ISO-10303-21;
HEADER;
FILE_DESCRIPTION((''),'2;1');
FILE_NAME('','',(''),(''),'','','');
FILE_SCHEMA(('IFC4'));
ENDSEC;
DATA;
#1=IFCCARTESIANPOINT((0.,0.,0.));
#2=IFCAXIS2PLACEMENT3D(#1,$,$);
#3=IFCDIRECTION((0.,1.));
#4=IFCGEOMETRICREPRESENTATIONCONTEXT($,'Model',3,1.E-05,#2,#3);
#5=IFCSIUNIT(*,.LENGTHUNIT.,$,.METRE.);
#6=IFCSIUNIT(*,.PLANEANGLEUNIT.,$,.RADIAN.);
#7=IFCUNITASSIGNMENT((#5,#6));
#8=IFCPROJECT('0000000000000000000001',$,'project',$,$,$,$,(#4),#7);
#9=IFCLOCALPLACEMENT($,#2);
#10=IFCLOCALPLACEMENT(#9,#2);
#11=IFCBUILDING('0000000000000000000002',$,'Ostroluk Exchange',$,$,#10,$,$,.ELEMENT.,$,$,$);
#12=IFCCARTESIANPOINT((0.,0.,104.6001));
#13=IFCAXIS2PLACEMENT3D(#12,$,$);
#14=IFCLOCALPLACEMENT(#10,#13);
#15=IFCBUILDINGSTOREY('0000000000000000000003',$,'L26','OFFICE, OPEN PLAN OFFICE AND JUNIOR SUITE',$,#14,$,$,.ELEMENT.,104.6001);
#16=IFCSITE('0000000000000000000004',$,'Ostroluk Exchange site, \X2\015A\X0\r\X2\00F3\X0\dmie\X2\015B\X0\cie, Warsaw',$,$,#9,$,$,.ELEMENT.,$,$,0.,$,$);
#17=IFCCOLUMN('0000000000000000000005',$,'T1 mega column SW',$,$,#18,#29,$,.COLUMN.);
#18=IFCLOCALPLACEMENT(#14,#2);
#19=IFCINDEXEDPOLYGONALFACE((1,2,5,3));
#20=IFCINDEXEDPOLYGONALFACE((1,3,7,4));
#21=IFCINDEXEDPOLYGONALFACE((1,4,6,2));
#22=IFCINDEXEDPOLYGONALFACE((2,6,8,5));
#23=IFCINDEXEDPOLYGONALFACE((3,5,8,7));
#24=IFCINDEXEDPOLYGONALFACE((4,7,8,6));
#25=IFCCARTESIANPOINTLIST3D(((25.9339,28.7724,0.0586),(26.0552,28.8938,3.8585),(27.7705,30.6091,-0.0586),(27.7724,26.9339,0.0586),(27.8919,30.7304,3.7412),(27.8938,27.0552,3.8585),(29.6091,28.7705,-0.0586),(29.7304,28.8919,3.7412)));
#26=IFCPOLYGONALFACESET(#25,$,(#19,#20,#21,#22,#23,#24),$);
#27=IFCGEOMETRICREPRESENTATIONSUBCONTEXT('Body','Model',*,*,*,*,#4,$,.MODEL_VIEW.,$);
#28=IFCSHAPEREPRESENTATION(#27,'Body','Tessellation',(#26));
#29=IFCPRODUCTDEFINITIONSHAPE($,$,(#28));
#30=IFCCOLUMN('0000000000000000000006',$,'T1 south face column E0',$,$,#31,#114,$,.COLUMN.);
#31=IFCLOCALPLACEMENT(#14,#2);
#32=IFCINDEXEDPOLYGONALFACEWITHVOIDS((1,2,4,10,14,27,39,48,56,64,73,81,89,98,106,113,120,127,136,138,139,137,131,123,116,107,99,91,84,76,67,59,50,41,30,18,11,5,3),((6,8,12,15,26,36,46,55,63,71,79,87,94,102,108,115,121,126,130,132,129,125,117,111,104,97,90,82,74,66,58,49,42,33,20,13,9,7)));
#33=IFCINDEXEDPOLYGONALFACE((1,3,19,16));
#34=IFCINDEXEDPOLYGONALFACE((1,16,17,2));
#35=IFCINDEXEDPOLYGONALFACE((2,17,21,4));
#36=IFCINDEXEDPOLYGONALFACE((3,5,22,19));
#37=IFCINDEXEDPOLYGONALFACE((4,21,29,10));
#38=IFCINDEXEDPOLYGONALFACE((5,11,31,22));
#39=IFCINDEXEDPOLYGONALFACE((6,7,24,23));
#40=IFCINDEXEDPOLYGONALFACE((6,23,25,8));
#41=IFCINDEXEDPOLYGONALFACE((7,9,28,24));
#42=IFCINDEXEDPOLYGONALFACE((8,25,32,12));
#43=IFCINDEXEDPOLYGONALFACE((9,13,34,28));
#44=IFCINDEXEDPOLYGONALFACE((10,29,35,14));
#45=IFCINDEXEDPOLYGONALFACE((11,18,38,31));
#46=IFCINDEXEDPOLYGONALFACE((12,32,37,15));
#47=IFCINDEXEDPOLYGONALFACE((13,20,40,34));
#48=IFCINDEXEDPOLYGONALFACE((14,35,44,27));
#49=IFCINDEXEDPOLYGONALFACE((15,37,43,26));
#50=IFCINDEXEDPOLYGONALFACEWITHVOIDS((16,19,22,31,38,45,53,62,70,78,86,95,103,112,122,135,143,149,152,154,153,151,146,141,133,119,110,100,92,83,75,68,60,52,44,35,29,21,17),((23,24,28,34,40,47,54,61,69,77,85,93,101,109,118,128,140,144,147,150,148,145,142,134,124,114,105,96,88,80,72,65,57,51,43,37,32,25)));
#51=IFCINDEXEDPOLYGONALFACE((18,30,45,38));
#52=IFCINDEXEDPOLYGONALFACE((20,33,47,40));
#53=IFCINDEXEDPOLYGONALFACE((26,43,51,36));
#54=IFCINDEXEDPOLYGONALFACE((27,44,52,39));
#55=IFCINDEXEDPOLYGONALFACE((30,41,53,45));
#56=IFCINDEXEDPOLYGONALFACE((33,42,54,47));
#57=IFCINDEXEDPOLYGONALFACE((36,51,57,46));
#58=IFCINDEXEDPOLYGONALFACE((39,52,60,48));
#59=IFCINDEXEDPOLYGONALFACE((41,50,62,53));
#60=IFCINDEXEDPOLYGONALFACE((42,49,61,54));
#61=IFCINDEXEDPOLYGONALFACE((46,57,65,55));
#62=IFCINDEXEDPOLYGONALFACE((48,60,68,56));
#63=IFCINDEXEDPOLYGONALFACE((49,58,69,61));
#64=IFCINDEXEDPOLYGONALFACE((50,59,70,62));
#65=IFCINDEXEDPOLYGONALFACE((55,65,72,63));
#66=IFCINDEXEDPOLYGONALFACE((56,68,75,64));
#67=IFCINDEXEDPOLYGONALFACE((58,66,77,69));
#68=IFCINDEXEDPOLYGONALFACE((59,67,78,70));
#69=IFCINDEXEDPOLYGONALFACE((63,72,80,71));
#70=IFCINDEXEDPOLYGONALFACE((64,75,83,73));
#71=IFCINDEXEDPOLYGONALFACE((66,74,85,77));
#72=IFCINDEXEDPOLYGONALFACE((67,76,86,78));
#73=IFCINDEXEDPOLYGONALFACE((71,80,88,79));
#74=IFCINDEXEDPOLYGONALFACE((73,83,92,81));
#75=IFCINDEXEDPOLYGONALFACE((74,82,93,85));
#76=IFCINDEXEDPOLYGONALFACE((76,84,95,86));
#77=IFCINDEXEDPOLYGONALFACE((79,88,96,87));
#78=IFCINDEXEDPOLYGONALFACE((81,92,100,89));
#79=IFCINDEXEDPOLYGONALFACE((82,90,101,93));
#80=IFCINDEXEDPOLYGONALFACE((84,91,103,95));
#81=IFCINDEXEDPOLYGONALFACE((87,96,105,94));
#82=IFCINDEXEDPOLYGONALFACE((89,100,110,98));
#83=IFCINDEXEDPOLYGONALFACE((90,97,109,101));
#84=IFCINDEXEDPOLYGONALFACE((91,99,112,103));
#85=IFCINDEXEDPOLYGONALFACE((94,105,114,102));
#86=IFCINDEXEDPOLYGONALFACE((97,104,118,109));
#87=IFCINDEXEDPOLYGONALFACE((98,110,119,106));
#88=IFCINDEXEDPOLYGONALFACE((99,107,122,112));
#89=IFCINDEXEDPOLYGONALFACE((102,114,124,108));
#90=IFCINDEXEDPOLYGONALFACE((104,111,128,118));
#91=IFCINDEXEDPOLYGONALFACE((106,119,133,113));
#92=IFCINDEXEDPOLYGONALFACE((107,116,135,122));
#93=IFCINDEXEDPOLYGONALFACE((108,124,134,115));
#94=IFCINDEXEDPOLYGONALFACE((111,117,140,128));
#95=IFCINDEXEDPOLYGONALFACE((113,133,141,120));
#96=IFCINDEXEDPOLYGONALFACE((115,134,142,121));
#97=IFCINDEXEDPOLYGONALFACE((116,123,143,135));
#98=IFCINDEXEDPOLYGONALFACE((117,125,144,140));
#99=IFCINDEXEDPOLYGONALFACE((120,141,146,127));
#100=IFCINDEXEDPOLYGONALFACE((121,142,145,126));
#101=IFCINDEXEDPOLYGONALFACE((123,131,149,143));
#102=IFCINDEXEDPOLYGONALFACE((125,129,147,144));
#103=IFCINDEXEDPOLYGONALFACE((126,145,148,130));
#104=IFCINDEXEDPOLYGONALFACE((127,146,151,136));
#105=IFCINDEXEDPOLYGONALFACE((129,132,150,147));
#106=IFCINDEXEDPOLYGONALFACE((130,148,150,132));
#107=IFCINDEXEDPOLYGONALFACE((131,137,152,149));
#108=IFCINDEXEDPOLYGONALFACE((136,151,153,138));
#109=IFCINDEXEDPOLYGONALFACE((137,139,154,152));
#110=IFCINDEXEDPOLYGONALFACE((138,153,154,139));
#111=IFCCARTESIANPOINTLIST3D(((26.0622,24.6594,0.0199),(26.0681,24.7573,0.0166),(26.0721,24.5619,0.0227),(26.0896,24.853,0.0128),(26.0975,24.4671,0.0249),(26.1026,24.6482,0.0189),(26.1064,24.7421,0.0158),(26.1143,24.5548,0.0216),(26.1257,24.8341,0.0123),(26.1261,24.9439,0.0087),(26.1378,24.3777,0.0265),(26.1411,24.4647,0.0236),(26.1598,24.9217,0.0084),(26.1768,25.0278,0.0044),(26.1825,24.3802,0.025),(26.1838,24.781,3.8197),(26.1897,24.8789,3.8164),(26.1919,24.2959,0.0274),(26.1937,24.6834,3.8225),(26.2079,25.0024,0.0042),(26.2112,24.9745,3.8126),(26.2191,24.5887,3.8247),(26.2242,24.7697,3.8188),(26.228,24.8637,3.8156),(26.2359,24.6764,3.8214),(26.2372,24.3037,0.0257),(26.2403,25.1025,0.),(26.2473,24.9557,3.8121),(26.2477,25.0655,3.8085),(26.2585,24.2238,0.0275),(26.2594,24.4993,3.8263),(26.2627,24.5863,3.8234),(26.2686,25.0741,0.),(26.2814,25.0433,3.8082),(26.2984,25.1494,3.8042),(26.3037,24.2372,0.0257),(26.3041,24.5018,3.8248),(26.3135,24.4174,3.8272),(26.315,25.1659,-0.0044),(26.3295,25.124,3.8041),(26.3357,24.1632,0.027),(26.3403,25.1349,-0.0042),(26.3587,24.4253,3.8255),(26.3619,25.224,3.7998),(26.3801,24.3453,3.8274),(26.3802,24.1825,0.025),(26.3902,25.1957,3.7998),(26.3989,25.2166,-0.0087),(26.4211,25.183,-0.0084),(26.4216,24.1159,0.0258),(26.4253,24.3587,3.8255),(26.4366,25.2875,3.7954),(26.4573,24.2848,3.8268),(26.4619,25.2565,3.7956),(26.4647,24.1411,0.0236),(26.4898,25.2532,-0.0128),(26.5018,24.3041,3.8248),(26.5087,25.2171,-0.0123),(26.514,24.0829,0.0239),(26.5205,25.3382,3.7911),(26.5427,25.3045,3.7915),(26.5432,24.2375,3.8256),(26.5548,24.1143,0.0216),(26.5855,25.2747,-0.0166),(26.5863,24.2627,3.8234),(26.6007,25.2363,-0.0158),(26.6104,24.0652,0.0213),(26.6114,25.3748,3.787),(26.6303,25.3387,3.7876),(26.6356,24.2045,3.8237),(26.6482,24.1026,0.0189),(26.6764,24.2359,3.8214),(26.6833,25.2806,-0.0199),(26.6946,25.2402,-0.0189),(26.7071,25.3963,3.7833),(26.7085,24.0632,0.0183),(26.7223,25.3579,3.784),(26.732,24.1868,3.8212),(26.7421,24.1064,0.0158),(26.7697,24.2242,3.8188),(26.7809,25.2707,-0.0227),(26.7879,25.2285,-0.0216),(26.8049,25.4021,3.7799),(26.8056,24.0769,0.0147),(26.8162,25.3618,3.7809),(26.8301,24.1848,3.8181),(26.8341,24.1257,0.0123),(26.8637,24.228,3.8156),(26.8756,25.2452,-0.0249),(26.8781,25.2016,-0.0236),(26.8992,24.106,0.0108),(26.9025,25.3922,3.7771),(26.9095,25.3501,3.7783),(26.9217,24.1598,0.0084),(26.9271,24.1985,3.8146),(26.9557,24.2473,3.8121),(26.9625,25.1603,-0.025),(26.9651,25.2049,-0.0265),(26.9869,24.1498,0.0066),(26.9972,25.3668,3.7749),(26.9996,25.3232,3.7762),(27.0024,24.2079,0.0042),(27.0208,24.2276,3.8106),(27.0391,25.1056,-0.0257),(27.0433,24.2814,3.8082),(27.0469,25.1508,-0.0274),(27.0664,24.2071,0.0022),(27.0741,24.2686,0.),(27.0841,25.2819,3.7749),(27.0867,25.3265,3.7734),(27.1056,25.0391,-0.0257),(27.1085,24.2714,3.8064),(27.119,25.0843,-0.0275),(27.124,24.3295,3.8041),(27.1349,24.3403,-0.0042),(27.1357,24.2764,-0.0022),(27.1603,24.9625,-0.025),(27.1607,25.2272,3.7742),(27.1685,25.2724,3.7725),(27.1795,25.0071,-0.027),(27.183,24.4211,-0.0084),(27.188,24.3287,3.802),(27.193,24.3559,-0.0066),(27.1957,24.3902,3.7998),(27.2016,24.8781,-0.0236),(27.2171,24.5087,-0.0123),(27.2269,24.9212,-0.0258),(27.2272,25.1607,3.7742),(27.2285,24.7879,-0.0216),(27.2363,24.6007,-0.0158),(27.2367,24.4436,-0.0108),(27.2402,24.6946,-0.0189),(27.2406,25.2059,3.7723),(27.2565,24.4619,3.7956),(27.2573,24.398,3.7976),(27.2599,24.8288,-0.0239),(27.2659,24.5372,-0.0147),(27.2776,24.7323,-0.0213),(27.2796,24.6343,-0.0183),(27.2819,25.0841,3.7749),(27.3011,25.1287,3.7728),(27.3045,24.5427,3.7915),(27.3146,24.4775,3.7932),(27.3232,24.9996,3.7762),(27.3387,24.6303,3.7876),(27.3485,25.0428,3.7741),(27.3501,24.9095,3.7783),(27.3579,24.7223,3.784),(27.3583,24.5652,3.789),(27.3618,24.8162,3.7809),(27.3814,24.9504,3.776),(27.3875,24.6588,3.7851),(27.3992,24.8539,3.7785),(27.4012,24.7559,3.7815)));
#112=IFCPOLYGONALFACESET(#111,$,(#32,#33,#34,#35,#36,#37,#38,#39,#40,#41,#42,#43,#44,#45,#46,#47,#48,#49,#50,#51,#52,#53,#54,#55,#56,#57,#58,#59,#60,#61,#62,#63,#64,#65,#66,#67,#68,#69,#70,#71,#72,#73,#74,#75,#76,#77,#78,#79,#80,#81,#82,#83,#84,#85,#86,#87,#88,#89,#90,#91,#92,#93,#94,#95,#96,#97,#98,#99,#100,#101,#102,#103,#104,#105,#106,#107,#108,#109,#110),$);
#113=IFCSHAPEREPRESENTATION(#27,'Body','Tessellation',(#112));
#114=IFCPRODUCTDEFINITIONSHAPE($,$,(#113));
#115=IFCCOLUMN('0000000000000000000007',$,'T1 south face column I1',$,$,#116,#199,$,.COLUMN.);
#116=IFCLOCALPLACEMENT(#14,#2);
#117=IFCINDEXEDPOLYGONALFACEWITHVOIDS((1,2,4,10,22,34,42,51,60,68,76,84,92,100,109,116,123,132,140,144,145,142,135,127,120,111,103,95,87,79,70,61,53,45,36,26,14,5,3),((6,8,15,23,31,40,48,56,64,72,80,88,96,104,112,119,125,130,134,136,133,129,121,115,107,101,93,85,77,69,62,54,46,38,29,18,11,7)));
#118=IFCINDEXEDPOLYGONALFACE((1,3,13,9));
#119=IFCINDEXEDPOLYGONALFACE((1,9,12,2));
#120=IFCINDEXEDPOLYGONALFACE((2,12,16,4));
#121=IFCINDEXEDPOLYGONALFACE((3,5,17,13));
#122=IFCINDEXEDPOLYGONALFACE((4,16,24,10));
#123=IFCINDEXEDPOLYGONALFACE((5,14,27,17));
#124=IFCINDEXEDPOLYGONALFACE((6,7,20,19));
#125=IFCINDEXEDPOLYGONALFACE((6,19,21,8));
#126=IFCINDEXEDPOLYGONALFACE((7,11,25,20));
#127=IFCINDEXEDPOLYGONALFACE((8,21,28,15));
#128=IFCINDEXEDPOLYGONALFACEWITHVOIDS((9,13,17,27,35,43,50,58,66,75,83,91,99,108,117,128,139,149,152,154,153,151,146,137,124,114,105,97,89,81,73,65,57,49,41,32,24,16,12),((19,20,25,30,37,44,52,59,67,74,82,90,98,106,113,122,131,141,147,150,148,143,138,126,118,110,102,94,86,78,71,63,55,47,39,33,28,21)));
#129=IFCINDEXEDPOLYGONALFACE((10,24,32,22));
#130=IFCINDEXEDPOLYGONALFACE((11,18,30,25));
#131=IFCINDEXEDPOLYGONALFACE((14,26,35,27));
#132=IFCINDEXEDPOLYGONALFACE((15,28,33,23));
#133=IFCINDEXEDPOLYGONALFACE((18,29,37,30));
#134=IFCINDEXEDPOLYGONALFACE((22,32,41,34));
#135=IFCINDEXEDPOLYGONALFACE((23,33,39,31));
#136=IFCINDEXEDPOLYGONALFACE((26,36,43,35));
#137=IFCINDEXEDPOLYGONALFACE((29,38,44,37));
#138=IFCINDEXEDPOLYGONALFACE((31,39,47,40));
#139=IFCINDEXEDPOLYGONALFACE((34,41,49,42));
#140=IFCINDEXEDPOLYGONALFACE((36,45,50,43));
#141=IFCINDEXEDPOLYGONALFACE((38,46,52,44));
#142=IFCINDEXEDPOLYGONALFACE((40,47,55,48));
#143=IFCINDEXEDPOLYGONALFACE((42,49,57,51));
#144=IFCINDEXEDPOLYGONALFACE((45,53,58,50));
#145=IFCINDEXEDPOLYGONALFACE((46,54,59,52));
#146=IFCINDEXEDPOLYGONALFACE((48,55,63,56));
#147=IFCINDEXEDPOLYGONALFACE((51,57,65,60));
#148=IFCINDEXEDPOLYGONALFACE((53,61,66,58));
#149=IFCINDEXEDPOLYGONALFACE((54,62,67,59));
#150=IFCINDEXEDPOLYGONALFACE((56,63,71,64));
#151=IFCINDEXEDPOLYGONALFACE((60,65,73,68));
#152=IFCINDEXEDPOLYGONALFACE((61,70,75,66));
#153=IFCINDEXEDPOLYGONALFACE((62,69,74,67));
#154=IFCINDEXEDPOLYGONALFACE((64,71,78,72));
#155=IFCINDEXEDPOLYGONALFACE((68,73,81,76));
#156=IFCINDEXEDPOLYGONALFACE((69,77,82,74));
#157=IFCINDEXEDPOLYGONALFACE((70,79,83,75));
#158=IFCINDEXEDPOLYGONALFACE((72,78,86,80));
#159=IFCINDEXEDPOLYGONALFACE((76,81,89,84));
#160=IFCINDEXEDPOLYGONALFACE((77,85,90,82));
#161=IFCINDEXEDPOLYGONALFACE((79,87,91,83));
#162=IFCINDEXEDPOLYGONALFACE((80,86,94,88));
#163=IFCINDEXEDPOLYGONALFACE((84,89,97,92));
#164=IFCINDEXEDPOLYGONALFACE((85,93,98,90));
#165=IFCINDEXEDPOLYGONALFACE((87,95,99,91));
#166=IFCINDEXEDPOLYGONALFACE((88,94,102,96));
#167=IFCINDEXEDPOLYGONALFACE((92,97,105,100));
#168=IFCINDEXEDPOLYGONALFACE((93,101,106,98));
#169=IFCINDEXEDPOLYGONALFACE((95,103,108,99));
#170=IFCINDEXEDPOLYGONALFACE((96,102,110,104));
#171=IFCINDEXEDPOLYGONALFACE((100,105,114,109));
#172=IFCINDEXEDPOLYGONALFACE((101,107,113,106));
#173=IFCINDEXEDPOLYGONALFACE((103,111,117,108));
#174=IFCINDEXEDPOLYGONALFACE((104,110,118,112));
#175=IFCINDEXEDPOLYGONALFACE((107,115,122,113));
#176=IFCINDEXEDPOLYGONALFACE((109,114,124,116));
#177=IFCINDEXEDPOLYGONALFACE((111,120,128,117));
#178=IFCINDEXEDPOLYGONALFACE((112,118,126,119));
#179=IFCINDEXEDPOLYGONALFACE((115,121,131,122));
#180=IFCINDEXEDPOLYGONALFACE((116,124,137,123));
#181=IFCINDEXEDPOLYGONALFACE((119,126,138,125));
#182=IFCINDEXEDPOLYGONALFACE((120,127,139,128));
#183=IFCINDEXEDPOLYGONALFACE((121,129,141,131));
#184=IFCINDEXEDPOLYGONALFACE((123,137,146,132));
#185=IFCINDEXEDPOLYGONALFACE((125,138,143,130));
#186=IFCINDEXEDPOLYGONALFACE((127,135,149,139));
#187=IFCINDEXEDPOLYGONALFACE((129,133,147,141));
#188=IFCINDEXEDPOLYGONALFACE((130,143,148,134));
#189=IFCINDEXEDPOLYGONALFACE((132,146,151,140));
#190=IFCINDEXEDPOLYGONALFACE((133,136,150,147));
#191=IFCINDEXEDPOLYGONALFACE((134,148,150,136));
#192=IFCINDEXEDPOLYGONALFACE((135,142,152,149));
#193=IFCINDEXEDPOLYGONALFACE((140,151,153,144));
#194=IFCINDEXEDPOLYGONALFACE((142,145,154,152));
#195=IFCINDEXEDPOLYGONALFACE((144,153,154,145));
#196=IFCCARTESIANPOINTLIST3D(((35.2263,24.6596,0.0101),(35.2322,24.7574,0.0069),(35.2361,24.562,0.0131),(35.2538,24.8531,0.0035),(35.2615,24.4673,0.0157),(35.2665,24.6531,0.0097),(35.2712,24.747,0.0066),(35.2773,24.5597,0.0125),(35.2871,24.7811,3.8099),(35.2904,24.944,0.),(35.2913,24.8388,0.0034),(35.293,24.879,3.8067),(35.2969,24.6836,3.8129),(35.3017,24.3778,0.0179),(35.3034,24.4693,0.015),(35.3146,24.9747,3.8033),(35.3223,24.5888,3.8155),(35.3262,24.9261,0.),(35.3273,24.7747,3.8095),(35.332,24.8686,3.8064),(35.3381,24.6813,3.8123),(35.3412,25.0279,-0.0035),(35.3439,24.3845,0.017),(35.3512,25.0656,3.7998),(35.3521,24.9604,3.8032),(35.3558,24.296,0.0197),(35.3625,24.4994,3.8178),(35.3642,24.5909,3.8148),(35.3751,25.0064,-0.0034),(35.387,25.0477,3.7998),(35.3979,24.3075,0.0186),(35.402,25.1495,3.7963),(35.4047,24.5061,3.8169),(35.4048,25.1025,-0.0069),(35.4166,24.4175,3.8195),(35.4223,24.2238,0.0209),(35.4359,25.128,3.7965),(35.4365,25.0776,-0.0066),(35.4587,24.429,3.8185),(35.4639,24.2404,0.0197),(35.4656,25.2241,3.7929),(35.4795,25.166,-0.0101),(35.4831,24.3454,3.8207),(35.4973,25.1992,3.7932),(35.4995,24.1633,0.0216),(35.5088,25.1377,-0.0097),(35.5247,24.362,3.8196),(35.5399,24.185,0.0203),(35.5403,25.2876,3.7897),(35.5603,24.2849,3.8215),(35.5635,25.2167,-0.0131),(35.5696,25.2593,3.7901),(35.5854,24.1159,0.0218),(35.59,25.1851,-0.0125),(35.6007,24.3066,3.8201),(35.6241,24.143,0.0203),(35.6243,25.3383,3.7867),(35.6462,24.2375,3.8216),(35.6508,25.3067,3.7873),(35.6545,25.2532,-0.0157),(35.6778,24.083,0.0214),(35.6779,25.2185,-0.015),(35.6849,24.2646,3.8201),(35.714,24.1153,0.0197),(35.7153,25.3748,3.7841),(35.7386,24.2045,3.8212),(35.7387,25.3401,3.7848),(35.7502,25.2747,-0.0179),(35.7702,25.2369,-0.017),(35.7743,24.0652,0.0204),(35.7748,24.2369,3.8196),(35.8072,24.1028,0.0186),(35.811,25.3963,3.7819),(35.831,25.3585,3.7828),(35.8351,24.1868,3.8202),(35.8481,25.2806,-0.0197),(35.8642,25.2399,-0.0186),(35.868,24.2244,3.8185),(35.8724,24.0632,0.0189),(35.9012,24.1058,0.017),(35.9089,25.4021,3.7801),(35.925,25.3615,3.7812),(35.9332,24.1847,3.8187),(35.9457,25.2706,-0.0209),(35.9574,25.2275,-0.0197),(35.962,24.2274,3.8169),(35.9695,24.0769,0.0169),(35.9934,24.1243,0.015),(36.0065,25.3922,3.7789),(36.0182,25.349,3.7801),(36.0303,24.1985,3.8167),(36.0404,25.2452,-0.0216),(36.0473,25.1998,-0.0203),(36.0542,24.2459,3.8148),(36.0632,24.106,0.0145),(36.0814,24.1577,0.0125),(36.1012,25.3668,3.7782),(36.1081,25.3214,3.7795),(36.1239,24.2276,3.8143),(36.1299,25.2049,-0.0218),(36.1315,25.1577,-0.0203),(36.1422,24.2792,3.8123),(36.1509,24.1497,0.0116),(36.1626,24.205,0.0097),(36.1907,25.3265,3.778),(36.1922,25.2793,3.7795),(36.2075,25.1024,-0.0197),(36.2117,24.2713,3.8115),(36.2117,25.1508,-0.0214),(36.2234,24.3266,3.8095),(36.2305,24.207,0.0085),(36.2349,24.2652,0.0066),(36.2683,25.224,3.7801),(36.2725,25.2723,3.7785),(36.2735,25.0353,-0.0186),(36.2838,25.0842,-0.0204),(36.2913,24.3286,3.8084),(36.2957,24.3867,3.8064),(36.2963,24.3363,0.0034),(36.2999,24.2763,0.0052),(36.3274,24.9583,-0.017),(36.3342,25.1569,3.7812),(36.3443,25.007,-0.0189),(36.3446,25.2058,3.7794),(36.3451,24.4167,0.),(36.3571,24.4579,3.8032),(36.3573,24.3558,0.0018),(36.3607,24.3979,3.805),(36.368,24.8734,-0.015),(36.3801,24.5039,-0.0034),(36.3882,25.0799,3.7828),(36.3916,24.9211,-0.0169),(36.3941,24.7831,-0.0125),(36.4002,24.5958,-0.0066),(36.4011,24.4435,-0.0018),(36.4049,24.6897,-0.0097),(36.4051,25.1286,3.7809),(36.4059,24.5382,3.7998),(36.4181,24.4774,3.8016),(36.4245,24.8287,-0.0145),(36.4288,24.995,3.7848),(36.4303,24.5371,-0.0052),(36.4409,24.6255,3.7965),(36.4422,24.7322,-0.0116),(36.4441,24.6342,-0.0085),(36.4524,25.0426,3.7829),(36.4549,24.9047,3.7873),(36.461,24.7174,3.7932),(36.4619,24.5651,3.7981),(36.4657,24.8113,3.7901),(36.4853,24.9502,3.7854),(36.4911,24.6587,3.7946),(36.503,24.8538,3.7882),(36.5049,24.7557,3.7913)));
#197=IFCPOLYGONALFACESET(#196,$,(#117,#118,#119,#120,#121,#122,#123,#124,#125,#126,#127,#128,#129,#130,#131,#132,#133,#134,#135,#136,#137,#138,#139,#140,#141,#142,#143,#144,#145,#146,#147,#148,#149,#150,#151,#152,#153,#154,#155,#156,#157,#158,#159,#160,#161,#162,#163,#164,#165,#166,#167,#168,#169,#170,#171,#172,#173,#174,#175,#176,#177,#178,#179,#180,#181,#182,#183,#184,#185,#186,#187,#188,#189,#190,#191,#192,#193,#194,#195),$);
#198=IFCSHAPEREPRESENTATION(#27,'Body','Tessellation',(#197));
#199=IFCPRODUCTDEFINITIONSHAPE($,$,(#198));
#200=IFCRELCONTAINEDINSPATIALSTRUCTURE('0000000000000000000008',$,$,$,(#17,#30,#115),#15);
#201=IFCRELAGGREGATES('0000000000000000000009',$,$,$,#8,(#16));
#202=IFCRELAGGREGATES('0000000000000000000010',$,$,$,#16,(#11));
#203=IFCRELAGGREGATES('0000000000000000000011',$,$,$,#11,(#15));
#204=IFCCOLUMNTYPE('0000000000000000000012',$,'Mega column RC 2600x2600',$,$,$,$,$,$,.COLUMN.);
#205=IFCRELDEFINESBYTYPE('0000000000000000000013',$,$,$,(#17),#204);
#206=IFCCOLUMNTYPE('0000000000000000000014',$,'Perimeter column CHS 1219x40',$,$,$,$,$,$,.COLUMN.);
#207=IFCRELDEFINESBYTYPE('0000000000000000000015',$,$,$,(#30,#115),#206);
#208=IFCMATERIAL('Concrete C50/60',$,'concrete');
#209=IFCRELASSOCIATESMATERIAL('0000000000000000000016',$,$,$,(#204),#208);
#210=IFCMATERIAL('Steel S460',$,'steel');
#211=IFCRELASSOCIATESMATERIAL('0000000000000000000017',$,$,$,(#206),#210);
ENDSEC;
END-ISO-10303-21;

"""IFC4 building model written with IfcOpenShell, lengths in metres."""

from ifc_helpers import new_model, si_unit, direction, frame, origin, origin_2d, place, context, subcontext, project, spatial, rectangle, hollow_circle, extrude, material, material_profile, profile_set, type_object, element, save


model = new_model("IFC4")

# Units and contexts
model_context = context("Model", 3, precision=1e-05, world=origin(), true_north=direction((0.0, 1.0)))
body_context = subcontext(model_context, "Body", "Model", "MODEL_VIEW")
ifc_project = project(units=[si_unit("LENGTHUNIT", "METRE"), si_unit("PLANEANGLEUNIT", "RADIAN")], contexts=[model_context])

# Site, building, storey
site_placement = place(None, origin())
site = spatial("IfcSite", under=ifc_project, at=site_placement, Name="Ostroluk Exchange site, Śródmieście, Warsaw", CompositionType="ELEMENT", RefElevation=0.0)
building_placement = place(site_placement, origin())
building = spatial("IfcBuilding", under=site, at=building_placement, Name="Ostroluk Exchange", CompositionType="ELEMENT")
storey_placement = place(building_placement, frame((0.0, 0.0, 104.6001)))
storey = spatial("IfcBuildingStorey", under=building, at=storey_placement, Name="L26", Description="OFFICE, OPEN PLAN OFFICE AND JUNIOR SUITE", CompositionType="ELEMENT", Elevation=104.6001)

# Columns
ifc_material_1 = material(Name="Concrete C50/60", Category="concrete")
ifc_material_profile_1 = material_profile(ifc_material_1, rectangle(XDim=2.6001, YDim=2.6001, at=origin_2d()), Name="RC 2600x2600")
ifc_profile_set_1 = profile_set([ifc_material_profile_1], Name="Concrete C50/60")
column_type_1 = type_object("IfcColumnType", Name="Mega column RC 2600x2600", PredefinedType="COLUMN", material=ifc_profile_set_1)
column_1_placement = place(storey_placement, frame((27.7715, 28.7715, 0.0), z_axis=(0.0319, 0.0319, 0.998982), x_axis=(-0.707107, 0.707107, 0.0)))
element("IfcColumn", 1, at=column_1_placement, inside=storey, type_object=column_type_1, Name="T1 mega column SW", PredefinedType="COLUMN", context=body_context, shape_type="SweptSolid", body=[
    extrude(rectangle(XDim=2.6001, YDim=2.6001, at=origin_2d()), origin(), (0.0, 0.0, 1.0), 3.8037),
])
ifc_material_2 = material(Name="Steel S460", Category="steel")
ifc_material_profile_2 = material_profile(ifc_material_2, hollow_circle(Radius=0.6096, WallThickness=0.04, at=origin_2d()), Name="CHS 1219x40")
ifc_profile_set_2 = profile_set([ifc_material_profile_2], Name="Steel S460")
column_type_2 = type_object("IfcColumnType", Name="Perimeter column CHS 1219x40", PredefinedType="COLUMN", material=ifc_profile_set_2)
column_2_placement = place(storey_placement, frame((26.6714, 24.6714, 0.0), z_axis=(0.031964, 0.031964, 0.998978), x_axis=(-0.707107, 0.707107, 0.0)))
element("IfcColumn", 2, at=column_2_placement, inside=storey, type_object=column_type_2, Name="T1 south face column E0", PredefinedType="COLUMN", context=body_context, shape_type="SweptSolid", body=[
    extrude(hollow_circle(Radius=0.6096, WallThickness=0.04, at=origin_2d()), origin(), (0.0, 0.0, 1.0), 3.8037),
])
column_3_placement = place(storey_placement, frame((35.8357, 24.6714, 0.0), z_axis=(0.015988, 0.031976, 0.999361), x_axis=(-0.894427, 0.447214, 0.0)))
element("IfcColumn", 3, at=column_3_placement, inside=storey, type_object=column_type_2, Name="T1 south face column I1", PredefinedType="COLUMN", context=body_context, shape_type="SweptSolid", body=[
    extrude(hollow_circle(Radius=0.6096, WallThickness=0.04, at=origin_2d()), origin(), (0.0, 0.0, 1.0), 3.8022),
])

save(model, "model.ifc")
